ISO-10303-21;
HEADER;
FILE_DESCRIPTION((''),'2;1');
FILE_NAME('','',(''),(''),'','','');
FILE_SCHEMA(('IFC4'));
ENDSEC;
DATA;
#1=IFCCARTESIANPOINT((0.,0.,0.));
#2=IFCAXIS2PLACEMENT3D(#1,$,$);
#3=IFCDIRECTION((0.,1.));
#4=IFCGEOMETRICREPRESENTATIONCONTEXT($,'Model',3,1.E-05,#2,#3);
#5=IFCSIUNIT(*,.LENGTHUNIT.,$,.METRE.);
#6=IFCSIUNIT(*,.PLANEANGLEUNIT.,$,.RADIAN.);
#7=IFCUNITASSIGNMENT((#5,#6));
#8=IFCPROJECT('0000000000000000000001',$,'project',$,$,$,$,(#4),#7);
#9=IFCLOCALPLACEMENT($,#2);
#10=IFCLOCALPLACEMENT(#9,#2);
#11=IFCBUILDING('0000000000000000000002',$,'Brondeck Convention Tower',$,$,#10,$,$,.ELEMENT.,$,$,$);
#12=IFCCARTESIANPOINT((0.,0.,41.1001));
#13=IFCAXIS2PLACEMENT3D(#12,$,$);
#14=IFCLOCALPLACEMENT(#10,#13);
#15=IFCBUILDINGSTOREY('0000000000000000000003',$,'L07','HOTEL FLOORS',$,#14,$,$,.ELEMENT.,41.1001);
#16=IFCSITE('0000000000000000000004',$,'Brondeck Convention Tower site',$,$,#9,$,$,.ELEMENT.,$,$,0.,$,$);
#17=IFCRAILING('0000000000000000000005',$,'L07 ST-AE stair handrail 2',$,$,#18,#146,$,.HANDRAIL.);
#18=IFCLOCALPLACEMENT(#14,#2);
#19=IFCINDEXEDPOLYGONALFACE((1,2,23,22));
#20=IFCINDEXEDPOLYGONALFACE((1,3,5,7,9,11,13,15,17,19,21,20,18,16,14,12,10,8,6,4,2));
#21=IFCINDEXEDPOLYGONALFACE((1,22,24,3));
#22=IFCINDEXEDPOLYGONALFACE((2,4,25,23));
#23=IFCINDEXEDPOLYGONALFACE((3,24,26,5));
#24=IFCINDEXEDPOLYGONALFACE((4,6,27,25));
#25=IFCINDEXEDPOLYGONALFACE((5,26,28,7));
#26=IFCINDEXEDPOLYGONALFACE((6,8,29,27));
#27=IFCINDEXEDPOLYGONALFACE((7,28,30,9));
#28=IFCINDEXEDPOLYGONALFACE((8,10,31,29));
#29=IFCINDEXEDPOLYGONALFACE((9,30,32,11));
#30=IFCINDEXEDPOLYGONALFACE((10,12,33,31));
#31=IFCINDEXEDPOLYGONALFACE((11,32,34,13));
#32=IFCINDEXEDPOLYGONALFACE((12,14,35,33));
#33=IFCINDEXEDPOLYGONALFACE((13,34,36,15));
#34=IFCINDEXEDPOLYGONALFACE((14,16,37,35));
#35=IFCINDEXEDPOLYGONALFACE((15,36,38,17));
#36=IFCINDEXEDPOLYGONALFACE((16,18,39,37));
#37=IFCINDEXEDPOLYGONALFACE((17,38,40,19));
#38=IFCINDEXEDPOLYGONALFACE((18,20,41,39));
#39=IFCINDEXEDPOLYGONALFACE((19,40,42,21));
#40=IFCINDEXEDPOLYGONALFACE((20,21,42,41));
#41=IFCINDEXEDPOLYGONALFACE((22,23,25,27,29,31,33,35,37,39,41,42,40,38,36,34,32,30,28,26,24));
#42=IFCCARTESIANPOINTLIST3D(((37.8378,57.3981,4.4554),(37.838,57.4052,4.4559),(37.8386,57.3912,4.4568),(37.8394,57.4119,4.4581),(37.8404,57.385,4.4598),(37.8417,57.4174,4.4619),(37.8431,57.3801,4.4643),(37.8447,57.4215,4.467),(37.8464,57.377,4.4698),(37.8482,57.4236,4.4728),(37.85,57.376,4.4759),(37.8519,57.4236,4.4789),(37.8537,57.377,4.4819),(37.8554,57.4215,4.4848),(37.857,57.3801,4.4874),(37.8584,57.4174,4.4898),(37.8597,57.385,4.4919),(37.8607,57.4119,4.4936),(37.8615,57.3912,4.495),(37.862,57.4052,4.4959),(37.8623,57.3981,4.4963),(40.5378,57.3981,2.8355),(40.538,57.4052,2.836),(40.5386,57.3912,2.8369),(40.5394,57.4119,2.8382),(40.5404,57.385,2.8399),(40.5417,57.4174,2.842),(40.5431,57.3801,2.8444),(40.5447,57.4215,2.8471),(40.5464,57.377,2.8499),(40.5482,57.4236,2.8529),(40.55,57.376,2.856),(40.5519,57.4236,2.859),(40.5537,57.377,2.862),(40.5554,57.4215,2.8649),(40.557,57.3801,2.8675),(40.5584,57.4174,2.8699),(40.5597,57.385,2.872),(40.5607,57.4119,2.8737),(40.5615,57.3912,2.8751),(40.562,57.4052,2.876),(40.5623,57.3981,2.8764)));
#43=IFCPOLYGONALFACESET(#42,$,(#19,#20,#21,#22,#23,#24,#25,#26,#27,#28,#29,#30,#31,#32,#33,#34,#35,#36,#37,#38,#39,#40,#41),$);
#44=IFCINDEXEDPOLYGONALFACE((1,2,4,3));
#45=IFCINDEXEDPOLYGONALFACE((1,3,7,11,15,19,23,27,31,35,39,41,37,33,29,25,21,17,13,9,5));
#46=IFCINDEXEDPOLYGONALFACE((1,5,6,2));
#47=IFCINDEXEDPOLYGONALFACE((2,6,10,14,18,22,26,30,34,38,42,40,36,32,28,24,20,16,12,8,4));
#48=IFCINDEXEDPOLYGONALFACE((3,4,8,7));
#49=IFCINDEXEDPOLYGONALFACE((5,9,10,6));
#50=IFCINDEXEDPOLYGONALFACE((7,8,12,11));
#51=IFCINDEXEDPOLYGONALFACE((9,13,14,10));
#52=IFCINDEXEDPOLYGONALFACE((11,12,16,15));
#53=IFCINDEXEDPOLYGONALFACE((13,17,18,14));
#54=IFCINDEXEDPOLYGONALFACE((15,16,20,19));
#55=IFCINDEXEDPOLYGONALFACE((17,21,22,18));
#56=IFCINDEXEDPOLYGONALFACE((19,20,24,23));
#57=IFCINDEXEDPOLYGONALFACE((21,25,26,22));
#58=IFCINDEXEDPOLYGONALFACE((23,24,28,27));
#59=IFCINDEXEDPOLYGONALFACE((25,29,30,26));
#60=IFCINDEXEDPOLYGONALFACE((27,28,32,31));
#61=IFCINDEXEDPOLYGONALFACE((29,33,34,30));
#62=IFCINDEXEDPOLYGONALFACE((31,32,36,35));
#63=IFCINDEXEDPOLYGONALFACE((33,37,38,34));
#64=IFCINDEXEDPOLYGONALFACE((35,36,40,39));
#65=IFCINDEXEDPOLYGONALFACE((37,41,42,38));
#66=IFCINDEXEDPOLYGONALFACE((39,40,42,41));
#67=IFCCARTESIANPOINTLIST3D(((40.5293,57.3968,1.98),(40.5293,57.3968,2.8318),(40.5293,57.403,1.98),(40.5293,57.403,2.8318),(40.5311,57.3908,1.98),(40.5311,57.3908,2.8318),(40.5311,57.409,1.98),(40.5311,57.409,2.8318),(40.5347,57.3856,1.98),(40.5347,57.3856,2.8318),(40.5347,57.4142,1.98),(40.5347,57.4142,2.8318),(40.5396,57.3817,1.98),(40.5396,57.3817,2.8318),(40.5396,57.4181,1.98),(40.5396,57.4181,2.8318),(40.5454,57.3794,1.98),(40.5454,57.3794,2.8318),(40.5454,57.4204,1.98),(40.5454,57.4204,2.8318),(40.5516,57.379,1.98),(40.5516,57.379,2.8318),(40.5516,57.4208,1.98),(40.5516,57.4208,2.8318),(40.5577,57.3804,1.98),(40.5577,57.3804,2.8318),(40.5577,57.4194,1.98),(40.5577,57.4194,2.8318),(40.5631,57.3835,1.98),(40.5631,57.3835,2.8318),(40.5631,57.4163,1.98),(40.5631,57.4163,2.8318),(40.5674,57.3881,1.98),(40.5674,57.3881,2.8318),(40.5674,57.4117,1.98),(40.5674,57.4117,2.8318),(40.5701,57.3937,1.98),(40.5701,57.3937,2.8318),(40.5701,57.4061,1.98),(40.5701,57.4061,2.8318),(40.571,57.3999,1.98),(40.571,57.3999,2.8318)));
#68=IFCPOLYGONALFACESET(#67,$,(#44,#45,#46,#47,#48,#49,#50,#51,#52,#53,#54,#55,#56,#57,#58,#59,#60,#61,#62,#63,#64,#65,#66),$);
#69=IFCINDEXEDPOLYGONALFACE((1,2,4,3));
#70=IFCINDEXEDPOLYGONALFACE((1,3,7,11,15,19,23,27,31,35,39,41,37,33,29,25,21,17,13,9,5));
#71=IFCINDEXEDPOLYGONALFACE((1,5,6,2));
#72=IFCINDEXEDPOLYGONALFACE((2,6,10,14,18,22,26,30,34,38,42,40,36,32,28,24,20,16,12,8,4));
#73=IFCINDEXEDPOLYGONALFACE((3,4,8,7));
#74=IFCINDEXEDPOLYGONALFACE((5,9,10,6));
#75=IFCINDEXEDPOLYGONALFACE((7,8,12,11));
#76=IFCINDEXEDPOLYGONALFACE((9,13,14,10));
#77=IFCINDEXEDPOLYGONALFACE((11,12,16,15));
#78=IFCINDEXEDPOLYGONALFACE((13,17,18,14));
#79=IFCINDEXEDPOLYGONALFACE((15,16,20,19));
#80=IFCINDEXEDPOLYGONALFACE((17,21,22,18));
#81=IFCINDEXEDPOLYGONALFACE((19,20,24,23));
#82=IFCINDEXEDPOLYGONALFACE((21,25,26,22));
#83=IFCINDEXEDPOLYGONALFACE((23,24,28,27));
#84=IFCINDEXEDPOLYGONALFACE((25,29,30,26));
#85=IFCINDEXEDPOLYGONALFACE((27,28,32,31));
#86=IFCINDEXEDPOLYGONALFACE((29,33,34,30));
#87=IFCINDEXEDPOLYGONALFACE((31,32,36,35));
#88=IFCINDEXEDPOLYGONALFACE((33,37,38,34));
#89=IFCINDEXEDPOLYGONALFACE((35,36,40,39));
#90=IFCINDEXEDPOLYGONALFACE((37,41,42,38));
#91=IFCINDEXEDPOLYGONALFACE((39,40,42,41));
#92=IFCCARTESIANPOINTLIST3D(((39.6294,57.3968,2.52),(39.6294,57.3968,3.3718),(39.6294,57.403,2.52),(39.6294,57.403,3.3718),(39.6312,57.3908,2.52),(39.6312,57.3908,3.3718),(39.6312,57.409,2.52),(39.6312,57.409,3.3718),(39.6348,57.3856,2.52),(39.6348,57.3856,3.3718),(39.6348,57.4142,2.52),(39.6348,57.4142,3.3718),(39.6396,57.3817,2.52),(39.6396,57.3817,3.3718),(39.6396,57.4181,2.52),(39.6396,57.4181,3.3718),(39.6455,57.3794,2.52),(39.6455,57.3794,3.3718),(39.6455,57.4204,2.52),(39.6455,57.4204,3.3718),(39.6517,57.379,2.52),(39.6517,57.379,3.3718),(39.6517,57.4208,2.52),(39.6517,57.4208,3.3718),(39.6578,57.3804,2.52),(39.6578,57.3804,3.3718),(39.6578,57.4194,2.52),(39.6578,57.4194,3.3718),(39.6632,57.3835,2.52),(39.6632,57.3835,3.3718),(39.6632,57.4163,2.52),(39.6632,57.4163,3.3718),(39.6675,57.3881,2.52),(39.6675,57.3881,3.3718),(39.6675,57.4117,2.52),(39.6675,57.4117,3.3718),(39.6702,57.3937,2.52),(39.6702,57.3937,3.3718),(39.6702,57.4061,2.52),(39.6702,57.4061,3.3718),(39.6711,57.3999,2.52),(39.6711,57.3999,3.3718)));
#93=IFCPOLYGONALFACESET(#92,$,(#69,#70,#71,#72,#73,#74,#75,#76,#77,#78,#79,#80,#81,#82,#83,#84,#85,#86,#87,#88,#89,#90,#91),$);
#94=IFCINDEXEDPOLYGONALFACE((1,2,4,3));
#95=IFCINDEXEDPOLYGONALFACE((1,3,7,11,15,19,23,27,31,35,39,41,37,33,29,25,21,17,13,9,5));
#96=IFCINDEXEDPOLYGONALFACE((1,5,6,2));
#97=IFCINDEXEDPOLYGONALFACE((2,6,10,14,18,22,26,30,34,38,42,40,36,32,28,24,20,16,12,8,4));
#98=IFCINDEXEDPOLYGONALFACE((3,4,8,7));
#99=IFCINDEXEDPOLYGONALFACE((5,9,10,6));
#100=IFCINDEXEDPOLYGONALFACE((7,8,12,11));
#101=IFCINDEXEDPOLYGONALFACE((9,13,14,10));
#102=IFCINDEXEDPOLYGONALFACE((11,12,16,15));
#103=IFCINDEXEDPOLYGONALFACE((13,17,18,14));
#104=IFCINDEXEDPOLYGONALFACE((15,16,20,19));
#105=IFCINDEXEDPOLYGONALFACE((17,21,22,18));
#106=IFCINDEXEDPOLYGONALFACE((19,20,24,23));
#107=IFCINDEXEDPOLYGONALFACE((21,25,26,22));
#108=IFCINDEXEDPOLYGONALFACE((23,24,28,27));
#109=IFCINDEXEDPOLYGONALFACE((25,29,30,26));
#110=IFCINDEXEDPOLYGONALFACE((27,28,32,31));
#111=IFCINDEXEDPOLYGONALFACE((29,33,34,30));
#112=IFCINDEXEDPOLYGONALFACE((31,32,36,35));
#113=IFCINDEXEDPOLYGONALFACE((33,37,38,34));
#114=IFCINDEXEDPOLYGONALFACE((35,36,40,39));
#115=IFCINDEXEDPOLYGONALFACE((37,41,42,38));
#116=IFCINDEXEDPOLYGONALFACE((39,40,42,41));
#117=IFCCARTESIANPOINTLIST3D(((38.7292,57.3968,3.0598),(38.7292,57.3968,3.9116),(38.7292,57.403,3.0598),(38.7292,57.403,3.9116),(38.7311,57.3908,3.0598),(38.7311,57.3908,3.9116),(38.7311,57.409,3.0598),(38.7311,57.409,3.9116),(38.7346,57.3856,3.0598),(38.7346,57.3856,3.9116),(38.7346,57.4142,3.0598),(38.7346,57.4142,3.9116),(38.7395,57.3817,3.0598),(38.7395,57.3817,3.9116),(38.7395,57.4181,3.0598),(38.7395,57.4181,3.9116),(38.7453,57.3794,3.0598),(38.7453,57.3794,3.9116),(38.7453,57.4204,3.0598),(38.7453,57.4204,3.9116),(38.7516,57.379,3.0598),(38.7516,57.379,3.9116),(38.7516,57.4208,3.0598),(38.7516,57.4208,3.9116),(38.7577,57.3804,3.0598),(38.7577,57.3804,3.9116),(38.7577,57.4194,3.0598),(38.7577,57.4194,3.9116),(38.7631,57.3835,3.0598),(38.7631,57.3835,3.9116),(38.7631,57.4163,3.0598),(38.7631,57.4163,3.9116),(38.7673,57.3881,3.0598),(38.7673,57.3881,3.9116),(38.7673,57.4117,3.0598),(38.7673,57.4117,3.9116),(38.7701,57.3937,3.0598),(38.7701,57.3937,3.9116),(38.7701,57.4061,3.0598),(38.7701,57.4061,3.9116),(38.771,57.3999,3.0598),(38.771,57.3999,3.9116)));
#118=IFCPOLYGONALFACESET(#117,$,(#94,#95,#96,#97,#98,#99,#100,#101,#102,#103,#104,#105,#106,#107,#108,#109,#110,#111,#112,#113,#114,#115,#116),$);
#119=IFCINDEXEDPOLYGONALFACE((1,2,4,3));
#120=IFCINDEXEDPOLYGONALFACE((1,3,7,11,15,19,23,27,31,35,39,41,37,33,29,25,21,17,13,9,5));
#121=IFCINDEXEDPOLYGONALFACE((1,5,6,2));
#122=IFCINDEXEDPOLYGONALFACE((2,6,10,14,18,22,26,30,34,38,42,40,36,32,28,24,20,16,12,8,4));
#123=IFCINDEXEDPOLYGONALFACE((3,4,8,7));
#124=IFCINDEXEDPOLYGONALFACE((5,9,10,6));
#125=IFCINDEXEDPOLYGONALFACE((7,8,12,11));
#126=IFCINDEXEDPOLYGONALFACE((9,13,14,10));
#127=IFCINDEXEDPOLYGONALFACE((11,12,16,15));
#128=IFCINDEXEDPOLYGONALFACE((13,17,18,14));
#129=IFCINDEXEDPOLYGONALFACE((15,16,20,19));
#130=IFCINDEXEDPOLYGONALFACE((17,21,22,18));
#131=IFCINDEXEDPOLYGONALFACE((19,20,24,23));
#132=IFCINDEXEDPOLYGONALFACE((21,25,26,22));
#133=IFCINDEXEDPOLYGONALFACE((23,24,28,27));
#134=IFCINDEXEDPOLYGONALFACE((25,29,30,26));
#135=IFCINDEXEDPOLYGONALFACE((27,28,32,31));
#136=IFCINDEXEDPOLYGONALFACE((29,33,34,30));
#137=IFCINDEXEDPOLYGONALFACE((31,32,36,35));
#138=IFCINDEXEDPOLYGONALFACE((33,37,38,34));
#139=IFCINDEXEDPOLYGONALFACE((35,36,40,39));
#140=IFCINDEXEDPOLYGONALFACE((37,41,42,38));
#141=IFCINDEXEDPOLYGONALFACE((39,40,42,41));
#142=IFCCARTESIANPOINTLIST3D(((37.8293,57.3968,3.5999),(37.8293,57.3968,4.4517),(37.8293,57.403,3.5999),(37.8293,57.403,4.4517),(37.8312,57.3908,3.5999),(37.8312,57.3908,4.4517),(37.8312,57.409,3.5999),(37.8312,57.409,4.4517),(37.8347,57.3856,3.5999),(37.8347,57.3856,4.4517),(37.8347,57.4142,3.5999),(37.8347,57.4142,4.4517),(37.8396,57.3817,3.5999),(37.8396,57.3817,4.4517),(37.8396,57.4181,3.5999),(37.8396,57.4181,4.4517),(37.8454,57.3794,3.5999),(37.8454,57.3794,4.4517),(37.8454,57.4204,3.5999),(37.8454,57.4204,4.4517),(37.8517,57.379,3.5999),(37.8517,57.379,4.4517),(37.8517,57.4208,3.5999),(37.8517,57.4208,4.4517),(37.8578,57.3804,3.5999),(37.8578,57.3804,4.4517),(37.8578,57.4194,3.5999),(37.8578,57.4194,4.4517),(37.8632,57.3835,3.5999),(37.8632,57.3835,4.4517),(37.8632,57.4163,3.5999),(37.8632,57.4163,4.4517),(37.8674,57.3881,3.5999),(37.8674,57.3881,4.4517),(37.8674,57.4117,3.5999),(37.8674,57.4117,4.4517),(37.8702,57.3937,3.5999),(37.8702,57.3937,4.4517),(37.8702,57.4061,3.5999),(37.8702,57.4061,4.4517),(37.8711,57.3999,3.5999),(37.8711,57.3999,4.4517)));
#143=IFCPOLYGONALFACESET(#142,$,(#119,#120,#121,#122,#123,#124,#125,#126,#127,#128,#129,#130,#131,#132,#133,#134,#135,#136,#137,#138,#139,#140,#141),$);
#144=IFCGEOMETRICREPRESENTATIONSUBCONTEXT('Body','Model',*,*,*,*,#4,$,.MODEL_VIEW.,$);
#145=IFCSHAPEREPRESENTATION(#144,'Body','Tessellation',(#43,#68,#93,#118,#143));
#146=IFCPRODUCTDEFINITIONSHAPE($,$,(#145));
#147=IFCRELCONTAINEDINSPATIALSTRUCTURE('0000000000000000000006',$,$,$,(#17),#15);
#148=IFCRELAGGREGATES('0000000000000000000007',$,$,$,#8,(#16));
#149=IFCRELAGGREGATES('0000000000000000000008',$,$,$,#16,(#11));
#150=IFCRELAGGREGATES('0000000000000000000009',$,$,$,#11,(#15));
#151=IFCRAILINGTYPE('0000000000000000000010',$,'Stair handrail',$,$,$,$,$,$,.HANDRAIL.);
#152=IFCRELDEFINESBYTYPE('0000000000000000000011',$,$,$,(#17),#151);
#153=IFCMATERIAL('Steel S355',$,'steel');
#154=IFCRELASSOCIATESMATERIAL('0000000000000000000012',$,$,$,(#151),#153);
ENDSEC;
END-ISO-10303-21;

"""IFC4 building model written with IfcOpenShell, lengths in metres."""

from ifc_helpers import new_model, si_unit, direction, frame, origin, origin_2d, place, context, subcontext, project, spatial, circle, extrude, material, type_object, element, save


model = new_model("IFC4")

# Units and contexts
model_context = context("Model", 3, precision=1e-05, world=origin(), true_north=direction((0.0, 1.0)))
body_context = subcontext(model_context, "Body", "Model", "MODEL_VIEW")
ifc_project = project(units=[si_unit("LENGTHUNIT", "METRE"), si_unit("PLANEANGLEUNIT", "RADIAN")], contexts=[model_context])

# Site, building, storey
site_placement = place(None, origin())
site = spatial("IfcSite", under=ifc_project, at=site_placement, Name="Brondeck Convention Tower site", CompositionType="ELEMENT", RefElevation=0.0)
building_placement = place(site_placement, origin())
building = spatial("IfcBuilding", under=site, at=building_placement, Name="Brondeck Convention Tower", CompositionType="ELEMENT")
storey_placement = place(building_placement, frame((0.0, 0.0, 41.1001)))
storey = spatial("IfcBuildingStorey", under=building, at=storey_placement, Name="L07", Description="HOTEL FLOORS", CompositionType="ELEMENT", Elevation=41.1001)

# Shared definitions
ifc_material_1 = material(Name="Steel S355", Category="steel")

# Railing
railing_type_1 = type_object("IfcRailingType", Name="Stair handrail", PredefinedType="HANDRAIL", material=ifc_material_1)
railing_1_placement = place(storey_placement, frame((40.55, 57.3999, 1.98)))
element("IfcRailing", 1, at=railing_1_placement, inside=storey, type_object=railing_type_1, Name="L07 ST-AE stair handrail 2", PredefinedType="HANDRAIL", context=body_context, shape_type="SweptSolid", body=[
    extrude(circle(Radius=0.0239, at=origin_2d()), frame((0.0, 0.0, 0.876), z_axis=(-0.857507, 0.0, 0.514473), x_axis=(0.0, -1.0, 0.0)), (0.0, 0.0, 1.0), 3.1487),
    extrude(circle(Radius=0.021, at=origin_2d()), origin(), (0.0, 0.0, 1.0), 0.8518),
    extrude(circle(Radius=0.021, at=origin_2d()), frame((-0.8999, 0.0, 0.54)), (0.0, 0.0, 1.0), 0.8518),
    extrude(circle(Radius=0.021, at=origin_2d()), frame((-1.8, 0.0, 1.0798)), (0.0, 0.0, 1.0), 0.8518),
    extrude(circle(Radius=0.021, at=origin_2d()), frame((-2.7, 0.0, 1.6199)), (0.0, 0.0, 1.0), 0.8518),
])

save(model, "model.ifc")
